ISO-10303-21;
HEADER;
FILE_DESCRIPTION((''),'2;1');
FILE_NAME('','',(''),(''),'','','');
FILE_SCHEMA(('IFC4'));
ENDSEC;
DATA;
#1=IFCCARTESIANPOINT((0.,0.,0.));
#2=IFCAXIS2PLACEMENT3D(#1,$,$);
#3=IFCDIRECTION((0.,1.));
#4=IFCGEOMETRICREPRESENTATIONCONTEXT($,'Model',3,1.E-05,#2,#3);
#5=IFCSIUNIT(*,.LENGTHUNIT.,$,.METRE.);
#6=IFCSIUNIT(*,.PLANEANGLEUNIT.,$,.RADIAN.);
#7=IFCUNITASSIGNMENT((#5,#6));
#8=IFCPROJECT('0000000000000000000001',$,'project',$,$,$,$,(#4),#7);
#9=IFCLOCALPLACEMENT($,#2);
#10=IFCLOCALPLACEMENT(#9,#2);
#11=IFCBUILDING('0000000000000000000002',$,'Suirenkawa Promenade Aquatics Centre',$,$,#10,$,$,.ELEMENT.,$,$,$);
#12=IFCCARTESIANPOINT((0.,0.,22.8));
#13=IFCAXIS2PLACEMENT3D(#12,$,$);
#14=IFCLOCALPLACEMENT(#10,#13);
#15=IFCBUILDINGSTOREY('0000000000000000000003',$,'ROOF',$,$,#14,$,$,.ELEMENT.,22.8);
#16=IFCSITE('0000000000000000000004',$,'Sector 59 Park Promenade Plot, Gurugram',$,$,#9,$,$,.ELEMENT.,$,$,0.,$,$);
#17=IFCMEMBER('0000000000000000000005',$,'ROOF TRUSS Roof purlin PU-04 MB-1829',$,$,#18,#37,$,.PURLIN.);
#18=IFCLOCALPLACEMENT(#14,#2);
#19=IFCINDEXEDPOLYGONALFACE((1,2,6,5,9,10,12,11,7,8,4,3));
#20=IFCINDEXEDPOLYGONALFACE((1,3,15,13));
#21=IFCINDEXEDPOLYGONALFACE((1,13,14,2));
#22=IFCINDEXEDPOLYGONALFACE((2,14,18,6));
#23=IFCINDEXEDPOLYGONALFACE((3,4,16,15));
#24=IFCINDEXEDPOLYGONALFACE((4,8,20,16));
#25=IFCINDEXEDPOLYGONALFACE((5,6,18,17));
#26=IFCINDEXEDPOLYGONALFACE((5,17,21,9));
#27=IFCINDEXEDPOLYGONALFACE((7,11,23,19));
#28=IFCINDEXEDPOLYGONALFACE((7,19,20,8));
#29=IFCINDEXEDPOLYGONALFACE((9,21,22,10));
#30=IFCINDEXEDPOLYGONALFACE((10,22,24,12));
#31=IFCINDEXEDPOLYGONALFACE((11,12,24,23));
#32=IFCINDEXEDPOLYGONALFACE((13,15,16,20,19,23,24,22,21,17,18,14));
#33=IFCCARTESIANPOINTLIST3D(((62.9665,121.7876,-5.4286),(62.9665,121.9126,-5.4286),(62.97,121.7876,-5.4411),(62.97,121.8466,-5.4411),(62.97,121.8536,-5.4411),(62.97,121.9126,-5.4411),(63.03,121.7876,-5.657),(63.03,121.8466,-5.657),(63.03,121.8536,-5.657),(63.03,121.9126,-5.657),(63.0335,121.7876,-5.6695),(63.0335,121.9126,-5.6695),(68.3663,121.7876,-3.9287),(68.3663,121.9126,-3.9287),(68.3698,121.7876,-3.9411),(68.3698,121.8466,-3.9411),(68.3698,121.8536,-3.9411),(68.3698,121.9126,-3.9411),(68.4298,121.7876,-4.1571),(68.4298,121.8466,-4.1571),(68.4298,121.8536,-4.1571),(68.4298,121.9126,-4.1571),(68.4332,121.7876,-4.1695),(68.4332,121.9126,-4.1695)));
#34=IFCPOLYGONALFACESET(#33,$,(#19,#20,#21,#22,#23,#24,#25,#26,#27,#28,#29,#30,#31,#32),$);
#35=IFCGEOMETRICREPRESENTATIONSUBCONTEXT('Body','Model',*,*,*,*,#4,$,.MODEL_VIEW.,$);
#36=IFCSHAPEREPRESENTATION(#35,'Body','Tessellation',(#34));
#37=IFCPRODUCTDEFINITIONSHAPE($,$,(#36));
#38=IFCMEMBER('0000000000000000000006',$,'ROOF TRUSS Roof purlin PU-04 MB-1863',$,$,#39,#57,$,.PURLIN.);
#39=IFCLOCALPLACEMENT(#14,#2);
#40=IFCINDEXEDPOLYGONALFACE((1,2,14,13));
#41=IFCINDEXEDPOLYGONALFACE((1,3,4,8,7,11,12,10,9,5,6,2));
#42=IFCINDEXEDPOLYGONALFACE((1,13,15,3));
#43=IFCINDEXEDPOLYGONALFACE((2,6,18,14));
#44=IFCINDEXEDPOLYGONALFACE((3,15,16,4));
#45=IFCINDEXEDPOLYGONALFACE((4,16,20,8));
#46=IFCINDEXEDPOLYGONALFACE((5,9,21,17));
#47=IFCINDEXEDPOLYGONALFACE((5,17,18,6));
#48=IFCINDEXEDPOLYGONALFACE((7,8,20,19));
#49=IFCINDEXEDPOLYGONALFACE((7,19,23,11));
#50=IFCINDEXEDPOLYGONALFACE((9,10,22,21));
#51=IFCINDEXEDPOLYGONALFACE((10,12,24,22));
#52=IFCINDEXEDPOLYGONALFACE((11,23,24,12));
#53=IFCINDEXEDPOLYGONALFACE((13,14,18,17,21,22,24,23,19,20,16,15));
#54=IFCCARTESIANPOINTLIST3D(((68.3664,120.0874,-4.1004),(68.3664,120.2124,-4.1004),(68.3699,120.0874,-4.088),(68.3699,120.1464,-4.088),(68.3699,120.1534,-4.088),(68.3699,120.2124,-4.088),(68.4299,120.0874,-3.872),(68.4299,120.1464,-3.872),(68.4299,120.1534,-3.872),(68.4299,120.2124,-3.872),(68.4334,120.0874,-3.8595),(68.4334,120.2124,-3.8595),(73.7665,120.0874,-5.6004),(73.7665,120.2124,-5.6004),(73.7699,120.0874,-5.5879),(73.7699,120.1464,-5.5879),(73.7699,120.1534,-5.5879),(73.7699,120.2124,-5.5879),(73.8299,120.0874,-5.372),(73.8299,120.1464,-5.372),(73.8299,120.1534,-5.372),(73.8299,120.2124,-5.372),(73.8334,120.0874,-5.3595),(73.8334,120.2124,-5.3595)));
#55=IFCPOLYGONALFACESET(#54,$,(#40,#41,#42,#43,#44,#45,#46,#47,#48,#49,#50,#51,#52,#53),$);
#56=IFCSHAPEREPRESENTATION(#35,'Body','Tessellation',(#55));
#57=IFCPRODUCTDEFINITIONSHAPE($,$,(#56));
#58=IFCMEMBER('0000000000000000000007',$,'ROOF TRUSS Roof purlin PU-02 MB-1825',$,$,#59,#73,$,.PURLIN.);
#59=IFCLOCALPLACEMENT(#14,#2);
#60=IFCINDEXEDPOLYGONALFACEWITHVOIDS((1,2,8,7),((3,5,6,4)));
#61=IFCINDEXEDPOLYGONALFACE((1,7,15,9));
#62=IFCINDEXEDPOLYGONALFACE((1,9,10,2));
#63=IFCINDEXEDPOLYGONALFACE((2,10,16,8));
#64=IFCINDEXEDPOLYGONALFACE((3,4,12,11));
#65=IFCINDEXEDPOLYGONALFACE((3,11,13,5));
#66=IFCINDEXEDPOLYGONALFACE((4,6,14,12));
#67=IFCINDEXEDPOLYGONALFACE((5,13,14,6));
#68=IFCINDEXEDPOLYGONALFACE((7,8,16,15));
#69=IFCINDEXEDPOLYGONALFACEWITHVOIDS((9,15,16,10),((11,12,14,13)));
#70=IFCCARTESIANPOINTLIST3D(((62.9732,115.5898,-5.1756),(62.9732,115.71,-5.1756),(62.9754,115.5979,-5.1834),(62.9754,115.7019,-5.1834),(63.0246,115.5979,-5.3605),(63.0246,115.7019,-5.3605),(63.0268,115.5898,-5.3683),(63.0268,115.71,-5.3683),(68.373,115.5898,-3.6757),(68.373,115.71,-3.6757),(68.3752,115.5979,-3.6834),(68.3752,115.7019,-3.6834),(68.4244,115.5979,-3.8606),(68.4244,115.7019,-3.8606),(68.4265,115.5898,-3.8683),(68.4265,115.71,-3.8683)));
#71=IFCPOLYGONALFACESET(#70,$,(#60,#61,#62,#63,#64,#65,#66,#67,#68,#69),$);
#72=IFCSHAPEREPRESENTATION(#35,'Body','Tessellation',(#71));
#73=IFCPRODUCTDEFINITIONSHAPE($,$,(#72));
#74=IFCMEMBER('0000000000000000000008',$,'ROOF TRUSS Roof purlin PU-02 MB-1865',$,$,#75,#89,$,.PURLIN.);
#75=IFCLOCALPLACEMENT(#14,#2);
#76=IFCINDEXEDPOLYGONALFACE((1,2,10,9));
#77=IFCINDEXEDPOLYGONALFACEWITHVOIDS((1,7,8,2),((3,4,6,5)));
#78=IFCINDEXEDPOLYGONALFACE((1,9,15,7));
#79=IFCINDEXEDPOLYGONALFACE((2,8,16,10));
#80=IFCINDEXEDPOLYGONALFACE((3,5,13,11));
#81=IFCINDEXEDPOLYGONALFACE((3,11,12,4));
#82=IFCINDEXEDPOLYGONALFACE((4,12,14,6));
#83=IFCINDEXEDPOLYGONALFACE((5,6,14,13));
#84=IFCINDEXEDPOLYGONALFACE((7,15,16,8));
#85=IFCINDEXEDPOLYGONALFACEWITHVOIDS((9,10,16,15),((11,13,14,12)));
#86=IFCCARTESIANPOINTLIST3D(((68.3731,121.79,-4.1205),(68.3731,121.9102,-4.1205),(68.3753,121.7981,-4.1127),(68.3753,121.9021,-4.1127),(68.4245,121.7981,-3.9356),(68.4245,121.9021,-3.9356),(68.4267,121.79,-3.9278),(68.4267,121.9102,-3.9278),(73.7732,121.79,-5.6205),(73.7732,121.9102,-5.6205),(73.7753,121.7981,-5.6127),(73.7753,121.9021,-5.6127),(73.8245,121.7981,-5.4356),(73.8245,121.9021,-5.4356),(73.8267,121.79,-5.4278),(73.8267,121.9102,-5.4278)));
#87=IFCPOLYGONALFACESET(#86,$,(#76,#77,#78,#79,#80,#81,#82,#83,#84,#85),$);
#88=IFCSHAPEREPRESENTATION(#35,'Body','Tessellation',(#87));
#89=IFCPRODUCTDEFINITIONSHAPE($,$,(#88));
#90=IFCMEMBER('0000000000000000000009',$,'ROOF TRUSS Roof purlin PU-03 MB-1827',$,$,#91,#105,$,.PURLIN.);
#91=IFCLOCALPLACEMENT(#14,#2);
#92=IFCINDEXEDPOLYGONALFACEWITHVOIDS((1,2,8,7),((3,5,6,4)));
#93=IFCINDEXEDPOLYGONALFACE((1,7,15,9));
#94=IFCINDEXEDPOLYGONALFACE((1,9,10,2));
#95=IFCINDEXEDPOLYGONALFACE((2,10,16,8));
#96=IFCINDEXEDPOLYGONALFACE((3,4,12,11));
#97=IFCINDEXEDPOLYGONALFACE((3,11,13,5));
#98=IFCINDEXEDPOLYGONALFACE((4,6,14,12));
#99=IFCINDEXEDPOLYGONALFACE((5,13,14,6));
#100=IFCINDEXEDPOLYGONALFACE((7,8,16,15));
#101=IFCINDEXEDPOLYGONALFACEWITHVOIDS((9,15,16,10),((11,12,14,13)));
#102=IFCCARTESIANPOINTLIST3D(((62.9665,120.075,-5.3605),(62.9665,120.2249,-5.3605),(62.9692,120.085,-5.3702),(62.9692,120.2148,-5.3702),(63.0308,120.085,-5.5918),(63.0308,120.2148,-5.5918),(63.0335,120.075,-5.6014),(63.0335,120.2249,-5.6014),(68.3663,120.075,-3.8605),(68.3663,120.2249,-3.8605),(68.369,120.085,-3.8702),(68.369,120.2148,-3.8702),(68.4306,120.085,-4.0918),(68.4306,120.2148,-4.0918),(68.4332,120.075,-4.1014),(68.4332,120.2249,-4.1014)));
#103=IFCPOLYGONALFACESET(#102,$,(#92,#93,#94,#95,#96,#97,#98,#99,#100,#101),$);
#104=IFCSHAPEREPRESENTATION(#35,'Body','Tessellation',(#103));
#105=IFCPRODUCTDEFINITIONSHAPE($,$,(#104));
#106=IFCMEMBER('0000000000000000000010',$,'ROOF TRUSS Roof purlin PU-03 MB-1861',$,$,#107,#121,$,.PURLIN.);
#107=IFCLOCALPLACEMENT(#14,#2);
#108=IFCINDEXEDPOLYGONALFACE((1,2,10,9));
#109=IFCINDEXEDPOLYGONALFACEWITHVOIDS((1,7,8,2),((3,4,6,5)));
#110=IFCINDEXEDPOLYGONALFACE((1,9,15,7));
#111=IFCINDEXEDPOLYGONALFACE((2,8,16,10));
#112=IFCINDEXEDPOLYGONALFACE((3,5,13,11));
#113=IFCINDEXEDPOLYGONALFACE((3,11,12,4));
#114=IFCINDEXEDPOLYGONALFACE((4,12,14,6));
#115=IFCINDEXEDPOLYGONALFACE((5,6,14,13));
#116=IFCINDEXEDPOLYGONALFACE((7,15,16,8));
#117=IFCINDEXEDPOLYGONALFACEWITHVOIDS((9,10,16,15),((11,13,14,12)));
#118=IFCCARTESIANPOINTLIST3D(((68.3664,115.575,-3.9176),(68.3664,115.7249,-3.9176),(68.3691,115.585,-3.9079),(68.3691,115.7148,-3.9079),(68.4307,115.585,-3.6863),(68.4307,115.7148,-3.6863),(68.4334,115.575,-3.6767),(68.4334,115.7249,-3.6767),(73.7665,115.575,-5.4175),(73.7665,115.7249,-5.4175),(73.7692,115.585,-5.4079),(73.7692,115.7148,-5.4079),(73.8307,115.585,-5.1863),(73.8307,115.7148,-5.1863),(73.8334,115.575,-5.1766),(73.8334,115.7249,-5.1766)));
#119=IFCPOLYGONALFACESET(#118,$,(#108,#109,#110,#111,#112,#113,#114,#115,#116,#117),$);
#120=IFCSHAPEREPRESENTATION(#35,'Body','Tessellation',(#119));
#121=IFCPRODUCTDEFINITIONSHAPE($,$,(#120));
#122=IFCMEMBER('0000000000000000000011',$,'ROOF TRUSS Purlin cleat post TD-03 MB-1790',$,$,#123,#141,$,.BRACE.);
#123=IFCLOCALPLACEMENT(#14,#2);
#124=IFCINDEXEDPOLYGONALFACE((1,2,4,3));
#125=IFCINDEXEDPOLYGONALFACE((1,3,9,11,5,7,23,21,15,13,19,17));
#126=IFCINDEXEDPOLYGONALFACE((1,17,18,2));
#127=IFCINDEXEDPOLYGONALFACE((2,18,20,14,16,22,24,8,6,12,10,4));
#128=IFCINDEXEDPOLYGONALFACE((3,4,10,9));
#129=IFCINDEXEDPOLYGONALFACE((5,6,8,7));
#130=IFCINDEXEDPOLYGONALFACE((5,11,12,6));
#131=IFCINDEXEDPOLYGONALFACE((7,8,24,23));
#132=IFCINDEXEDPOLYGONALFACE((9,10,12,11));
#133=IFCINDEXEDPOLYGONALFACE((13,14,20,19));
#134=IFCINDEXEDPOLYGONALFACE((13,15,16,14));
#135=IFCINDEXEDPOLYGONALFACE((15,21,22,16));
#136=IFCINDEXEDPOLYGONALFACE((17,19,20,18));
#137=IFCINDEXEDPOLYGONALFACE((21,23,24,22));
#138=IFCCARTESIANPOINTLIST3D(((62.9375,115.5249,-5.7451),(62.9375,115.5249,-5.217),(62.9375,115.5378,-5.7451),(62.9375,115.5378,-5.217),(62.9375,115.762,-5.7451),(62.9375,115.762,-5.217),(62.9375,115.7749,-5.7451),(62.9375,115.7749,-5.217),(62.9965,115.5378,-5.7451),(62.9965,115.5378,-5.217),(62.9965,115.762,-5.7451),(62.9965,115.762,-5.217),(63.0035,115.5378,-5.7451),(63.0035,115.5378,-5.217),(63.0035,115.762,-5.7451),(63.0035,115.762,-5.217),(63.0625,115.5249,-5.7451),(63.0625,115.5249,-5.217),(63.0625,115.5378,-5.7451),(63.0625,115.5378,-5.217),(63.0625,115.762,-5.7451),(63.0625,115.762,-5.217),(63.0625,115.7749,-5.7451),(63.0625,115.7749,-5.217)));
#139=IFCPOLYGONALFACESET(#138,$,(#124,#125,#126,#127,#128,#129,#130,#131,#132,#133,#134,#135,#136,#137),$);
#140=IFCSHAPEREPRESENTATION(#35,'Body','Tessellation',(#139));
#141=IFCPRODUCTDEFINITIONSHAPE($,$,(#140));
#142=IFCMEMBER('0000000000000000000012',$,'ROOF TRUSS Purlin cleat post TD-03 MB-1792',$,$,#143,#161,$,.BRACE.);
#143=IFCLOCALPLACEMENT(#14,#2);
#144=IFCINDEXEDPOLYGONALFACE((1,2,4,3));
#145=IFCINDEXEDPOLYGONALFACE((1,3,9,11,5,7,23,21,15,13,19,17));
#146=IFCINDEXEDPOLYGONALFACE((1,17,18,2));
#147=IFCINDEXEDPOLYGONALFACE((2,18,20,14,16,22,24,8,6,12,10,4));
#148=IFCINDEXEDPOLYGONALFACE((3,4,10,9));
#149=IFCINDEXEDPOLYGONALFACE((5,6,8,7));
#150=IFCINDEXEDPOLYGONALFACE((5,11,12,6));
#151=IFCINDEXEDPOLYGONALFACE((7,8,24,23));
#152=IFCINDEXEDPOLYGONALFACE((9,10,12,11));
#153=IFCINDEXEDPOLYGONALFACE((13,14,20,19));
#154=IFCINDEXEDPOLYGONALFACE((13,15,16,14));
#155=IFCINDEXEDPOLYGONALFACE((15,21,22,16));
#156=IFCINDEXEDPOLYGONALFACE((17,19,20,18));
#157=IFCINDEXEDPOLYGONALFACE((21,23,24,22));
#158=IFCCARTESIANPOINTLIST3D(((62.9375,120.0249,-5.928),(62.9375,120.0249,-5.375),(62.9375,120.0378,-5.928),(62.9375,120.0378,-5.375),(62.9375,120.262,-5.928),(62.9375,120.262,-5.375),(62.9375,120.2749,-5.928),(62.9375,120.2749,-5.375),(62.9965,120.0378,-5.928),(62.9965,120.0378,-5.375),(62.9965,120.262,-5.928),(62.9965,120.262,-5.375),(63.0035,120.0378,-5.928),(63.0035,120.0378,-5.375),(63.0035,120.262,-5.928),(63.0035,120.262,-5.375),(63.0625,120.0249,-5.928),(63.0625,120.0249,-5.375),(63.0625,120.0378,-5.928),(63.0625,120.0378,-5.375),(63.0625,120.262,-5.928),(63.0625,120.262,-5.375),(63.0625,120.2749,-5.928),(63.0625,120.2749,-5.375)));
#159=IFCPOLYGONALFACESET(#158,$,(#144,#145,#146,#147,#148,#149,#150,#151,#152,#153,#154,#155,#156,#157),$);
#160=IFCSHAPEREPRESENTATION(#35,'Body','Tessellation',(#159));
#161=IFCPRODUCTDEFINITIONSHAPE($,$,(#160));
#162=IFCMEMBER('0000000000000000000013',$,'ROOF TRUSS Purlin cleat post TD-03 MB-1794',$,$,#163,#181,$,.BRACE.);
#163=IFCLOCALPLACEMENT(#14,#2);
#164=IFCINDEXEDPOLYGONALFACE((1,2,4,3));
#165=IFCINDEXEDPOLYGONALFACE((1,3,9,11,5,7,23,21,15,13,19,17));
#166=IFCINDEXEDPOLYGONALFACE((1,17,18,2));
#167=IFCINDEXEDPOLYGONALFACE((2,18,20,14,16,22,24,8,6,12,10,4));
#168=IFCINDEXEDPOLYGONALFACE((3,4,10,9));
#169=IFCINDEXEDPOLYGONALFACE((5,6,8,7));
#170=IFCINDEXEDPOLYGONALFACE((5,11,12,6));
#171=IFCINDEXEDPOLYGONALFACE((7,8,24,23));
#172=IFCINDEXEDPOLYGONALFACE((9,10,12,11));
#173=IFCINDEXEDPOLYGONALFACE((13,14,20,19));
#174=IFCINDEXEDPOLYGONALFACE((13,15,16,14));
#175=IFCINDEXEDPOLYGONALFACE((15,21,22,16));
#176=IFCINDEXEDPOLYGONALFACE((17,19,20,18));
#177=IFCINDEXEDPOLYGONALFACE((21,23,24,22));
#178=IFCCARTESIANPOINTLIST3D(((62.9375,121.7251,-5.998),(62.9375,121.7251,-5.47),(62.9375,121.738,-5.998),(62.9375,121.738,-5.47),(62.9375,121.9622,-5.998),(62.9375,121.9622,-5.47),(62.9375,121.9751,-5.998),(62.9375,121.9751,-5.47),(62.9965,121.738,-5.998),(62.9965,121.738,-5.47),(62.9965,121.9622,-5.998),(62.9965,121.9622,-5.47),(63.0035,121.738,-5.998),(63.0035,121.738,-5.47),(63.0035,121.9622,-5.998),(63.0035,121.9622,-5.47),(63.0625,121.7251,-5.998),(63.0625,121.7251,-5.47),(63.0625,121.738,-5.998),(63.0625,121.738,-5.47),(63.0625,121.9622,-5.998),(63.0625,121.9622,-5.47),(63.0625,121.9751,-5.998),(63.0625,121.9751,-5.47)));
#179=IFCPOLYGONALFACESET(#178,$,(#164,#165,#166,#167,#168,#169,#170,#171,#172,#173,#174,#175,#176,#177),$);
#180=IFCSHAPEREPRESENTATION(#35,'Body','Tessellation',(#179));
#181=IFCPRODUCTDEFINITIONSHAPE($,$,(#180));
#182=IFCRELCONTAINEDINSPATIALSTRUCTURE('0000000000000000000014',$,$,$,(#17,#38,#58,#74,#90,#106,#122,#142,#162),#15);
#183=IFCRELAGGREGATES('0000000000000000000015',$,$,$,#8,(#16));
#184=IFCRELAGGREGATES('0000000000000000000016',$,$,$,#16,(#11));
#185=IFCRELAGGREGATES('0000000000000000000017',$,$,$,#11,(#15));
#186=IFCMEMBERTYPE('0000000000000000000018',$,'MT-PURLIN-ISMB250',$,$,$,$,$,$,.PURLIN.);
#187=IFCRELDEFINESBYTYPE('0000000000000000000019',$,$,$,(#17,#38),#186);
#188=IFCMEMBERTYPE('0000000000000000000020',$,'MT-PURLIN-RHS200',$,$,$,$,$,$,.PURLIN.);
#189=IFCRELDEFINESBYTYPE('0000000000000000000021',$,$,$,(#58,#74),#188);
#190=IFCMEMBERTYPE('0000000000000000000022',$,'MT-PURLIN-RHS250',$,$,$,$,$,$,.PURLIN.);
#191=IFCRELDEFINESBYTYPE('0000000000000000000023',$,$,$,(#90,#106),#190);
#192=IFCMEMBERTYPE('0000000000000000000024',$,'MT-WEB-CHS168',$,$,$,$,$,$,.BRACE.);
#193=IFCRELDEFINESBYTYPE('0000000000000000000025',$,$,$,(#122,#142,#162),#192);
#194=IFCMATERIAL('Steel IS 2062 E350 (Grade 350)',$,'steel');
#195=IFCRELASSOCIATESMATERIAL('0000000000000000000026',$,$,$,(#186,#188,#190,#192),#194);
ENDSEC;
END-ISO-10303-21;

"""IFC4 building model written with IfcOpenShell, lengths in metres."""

from ifc_helpers import new_model, si_unit, direction, frame, origin, origin_2d, place, context, subcontext, project, spatial, hollow_rectangle, i_section, extrude, material, material_profile, profile_set, type_object, element, save


model = new_model("IFC4")

# Units and contexts
model_context = context("Model", 3, precision=1e-05, world=origin(), true_north=direction((0.0, 1.0)))
body_context = subcontext(model_context, "Body", "Model", "MODEL_VIEW")
ifc_project = project(units=[si_unit("LENGTHUNIT", "METRE"), si_unit("PLANEANGLEUNIT", "RADIAN")], contexts=[model_context])

# Site, building, storey
site_placement = place(None, origin())
site = spatial("IfcSite", under=ifc_project, at=site_placement, Name="Sector 59 Park Promenade Plot, Gurugram", CompositionType="ELEMENT", RefElevation=0.0)
building_placement = place(site_placement, origin())
building = spatial("IfcBuilding", under=site, at=building_placement, Name="Suirenkawa Promenade Aquatics Centre", CompositionType="ELEMENT")
storey_placement = place(building_placement, frame((0.0, 0.0, 22.8)))
storey = spatial("IfcBuildingStorey", under=building, at=storey_placement, Name="ROOF", CompositionType="ELEMENT", Elevation=22.8)

# Shared definitions
ifc_material = material(Name="Steel IS 2062 E350 (Grade 350)", Category="steel")

# Members
ifc_material_profile_1 = material_profile(ifc_material, i_section(OverallWidth=0.125, OverallDepth=0.25, WebThickness=0.0071, FlangeThickness=0.0129, at=origin_2d()), Name="ISMB 250", Category="steel")
ifc_profile_set_1 = profile_set([ifc_material_profile_1], Name="Steel IS 2062 E350 (Grade 350)")
member_type_1 = type_object("IfcMemberType", Name="MT-PURLIN-ISMB250", PredefinedType="PURLIN", material=ifc_profile_set_1)
member_1_placement = place(storey_placement, frame((63.0, 121.8501, -5.5491), z_axis=(0.963517, 0.0, 0.267648), x_axis=(0.0, 1.0, 0.0)))
element("IfcMember", 1, at=member_1_placement, inside=storey, type_object=member_type_1, Name="ROOF TRUSS Roof purlin PU-04 MB-1829", PredefinedType="PURLIN", context=body_context, shape_type="SweptSolid", body=[
    extrude(i_section(OverallWidth=0.125, OverallDepth=0.25, WebThickness=0.0071, FlangeThickness=0.0129, at=origin_2d()), origin(), (0.0, 0.0, 1.0), 5.6042),
])
member_2_placement = place(storey_placement, frame((68.3999, 120.1499, -3.98), z_axis=(0.96352, 0.0, -0.267637), x_axis=(0.0, 1.0, 0.0)))
element("IfcMember", 2, at=member_2_placement, inside=storey, type_object=member_type_1, Name="ROOF TRUSS Roof purlin PU-04 MB-1863", PredefinedType="PURLIN", context=body_context, shape_type="SweptSolid", body=[
    extrude(i_section(OverallWidth=0.125, OverallDepth=0.25, WebThickness=0.0071, FlangeThickness=0.0129, at=origin_2d()), origin(), (0.0, 0.0, 1.0), 5.6045),
])
ifc_material_profile_2 = material_profile(ifc_material, hollow_rectangle(XDim=0.1201, YDim=0.2, WallThickness=0.0081, at=origin_2d()), Name="RHS 200x120x8", Category="steel")
ifc_profile_set_2 = profile_set([ifc_material_profile_2], Name="Steel IS 2062 E350 (Grade 350)")
member_type_2 = type_object("IfcMemberType", Name="MT-PURLIN-RHS200", PredefinedType="PURLIN", material=ifc_profile_set_2)
member_3_placement = place(storey_placement, frame((63.0, 115.6499, -5.272), z_axis=(0.963517, 0.0, 0.267648), x_axis=(0.0, 1.0, 0.0)))
element("IfcMember", 3, at=member_3_placement, inside=storey, type_object=member_type_2, Name="ROOF TRUSS Roof purlin PU-02 MB-1825", PredefinedType="PURLIN", context=body_context, shape_type="SweptSolid", body=[
    extrude(hollow_rectangle(XDim=0.1201, YDim=0.2, WallThickness=0.0081, at=origin_2d()), origin(), (0.0, 0.0, 1.0), 5.6042),
])
member_4_placement = place(storey_placement, frame((68.3999, 121.8501, -4.0242), z_axis=(0.96352, 0.0, -0.267637), x_axis=(0.0, 1.0, 0.0)))
element("IfcMember", 4, at=member_4_placement, inside=storey, type_object=member_type_2, Name="ROOF TRUSS Roof purlin PU-02 MB-1865", PredefinedType="PURLIN", context=body_context, shape_type="SweptSolid", body=[
    extrude(hollow_rectangle(XDim=0.1201, YDim=0.2, WallThickness=0.0081, at=origin_2d()), origin(), (0.0, 0.0, 1.0), 5.6045),
])
ifc_material_profile_3 = material_profile(ifc_material, hollow_rectangle(XDim=0.1499, YDim=0.25, WallThickness=0.01, at=origin_2d()), Name="RHS 250x150x10", Category="steel")
ifc_profile_set_3 = profile_set([ifc_material_profile_3], Name="Steel IS 2062 E350 (Grade 350)")
member_type_3 = type_object("IfcMemberType", Name="MT-PURLIN-RHS250", PredefinedType="PURLIN", material=ifc_profile_set_3)
member_5_placement = place(storey_placement, frame((63.0, 120.1499, -5.481), z_axis=(0.963517, 0.0, 0.267648), x_axis=(0.0, 1.0, 0.0)))
element("IfcMember", 5, at=member_5_placement, inside=storey, type_object=member_type_3, Name="ROOF TRUSS Roof purlin PU-03 MB-1827", PredefinedType="PURLIN", context=body_context, shape_type="SweptSolid", body=[
    extrude(hollow_rectangle(XDim=0.1499, YDim=0.25, WallThickness=0.01, at=origin_2d()), origin(), (0.0, 0.0, 1.0), 5.6042),
])
member_6_placement = place(storey_placement, frame((68.3999, 115.6499, -3.7971), z_axis=(0.96352, 0.0, -0.267637), x_axis=(0.0, 1.0, 0.0)))
element("IfcMember", 6, at=member_6_placement, inside=storey, type_object=member_type_3, Name="ROOF TRUSS Roof purlin PU-03 MB-1861", PredefinedType="PURLIN", context=body_context, shape_type="SweptSolid", body=[
    extrude(hollow_rectangle(XDim=0.1499, YDim=0.25, WallThickness=0.01, at=origin_2d()), origin(), (0.0, 0.0, 1.0), 5.6045),
])
ifc_material_profile_4 = material_profile(ifc_material, i_section(OverallWidth=0.125, OverallDepth=0.25, WebThickness=0.0071, FlangeThickness=0.0129, at=origin_2d()), Name="ISMB 250", Category="steel")
ifc_profile_set_4 = profile_set([ifc_material_profile_4], Name="Steel IS 2062 E350 (Grade 350)")
member_type_4 = type_object("IfcMemberType", Name="MT-WEB-CHS168", PredefinedType="BRACE", material=ifc_profile_set_4)
member_7_placement = place(storey_placement, frame((63.0, 115.6499, -5.7451), z_axis=(0.0, 0.0, 1.0), x_axis=(1.0, 0.0, 0.0)))
element("IfcMember", 7, at=member_7_placement, inside=storey, type_object=member_type_4, Name="ROOF TRUSS Purlin cleat post TD-03 MB-1790", PredefinedType="BRACE", context=body_context, shape_type="SweptSolid", body=[
    extrude(i_section(OverallWidth=0.125, OverallDepth=0.25, WebThickness=0.0071, FlangeThickness=0.0129, at=origin_2d()), origin(), (0.0, 0.0, 1.0), 0.5281),
])
member_8_placement = place(storey_placement, frame((63.0, 120.1499, -5.928), z_axis=(0.0, 0.0, 1.0), x_axis=(1.0, 0.0, 0.0)))
element("IfcMember", 8, at=member_8_placement, inside=storey, type_object=member_type_4, Name="ROOF TRUSS Purlin cleat post TD-03 MB-1792", PredefinedType="BRACE", context=body_context, shape_type="SweptSolid", body=[
    extrude(i_section(OverallWidth=0.125, OverallDepth=0.25, WebThickness=0.0071, FlangeThickness=0.0129, at=origin_2d()), origin(), (0.0, 0.0, 1.0), 0.553),
])
member_9_placement = place(storey_placement, frame((63.0, 121.8501, -5.998), z_axis=(0.0, 0.0, 1.0), x_axis=(1.0, 0.0, 0.0)))
element("IfcMember", 9, at=member_9_placement, inside=storey, type_object=member_type_4, Name="ROOF TRUSS Purlin cleat post TD-03 MB-1794", PredefinedType="BRACE", context=body_context, shape_type="SweptSolid", body=[
    extrude(i_section(OverallWidth=0.125, OverallDepth=0.25, WebThickness=0.0071, FlangeThickness=0.0129, at=origin_2d()), origin(), (0.0, 0.0, 1.0), 0.5281),
])

save(model, "model.ifc")
